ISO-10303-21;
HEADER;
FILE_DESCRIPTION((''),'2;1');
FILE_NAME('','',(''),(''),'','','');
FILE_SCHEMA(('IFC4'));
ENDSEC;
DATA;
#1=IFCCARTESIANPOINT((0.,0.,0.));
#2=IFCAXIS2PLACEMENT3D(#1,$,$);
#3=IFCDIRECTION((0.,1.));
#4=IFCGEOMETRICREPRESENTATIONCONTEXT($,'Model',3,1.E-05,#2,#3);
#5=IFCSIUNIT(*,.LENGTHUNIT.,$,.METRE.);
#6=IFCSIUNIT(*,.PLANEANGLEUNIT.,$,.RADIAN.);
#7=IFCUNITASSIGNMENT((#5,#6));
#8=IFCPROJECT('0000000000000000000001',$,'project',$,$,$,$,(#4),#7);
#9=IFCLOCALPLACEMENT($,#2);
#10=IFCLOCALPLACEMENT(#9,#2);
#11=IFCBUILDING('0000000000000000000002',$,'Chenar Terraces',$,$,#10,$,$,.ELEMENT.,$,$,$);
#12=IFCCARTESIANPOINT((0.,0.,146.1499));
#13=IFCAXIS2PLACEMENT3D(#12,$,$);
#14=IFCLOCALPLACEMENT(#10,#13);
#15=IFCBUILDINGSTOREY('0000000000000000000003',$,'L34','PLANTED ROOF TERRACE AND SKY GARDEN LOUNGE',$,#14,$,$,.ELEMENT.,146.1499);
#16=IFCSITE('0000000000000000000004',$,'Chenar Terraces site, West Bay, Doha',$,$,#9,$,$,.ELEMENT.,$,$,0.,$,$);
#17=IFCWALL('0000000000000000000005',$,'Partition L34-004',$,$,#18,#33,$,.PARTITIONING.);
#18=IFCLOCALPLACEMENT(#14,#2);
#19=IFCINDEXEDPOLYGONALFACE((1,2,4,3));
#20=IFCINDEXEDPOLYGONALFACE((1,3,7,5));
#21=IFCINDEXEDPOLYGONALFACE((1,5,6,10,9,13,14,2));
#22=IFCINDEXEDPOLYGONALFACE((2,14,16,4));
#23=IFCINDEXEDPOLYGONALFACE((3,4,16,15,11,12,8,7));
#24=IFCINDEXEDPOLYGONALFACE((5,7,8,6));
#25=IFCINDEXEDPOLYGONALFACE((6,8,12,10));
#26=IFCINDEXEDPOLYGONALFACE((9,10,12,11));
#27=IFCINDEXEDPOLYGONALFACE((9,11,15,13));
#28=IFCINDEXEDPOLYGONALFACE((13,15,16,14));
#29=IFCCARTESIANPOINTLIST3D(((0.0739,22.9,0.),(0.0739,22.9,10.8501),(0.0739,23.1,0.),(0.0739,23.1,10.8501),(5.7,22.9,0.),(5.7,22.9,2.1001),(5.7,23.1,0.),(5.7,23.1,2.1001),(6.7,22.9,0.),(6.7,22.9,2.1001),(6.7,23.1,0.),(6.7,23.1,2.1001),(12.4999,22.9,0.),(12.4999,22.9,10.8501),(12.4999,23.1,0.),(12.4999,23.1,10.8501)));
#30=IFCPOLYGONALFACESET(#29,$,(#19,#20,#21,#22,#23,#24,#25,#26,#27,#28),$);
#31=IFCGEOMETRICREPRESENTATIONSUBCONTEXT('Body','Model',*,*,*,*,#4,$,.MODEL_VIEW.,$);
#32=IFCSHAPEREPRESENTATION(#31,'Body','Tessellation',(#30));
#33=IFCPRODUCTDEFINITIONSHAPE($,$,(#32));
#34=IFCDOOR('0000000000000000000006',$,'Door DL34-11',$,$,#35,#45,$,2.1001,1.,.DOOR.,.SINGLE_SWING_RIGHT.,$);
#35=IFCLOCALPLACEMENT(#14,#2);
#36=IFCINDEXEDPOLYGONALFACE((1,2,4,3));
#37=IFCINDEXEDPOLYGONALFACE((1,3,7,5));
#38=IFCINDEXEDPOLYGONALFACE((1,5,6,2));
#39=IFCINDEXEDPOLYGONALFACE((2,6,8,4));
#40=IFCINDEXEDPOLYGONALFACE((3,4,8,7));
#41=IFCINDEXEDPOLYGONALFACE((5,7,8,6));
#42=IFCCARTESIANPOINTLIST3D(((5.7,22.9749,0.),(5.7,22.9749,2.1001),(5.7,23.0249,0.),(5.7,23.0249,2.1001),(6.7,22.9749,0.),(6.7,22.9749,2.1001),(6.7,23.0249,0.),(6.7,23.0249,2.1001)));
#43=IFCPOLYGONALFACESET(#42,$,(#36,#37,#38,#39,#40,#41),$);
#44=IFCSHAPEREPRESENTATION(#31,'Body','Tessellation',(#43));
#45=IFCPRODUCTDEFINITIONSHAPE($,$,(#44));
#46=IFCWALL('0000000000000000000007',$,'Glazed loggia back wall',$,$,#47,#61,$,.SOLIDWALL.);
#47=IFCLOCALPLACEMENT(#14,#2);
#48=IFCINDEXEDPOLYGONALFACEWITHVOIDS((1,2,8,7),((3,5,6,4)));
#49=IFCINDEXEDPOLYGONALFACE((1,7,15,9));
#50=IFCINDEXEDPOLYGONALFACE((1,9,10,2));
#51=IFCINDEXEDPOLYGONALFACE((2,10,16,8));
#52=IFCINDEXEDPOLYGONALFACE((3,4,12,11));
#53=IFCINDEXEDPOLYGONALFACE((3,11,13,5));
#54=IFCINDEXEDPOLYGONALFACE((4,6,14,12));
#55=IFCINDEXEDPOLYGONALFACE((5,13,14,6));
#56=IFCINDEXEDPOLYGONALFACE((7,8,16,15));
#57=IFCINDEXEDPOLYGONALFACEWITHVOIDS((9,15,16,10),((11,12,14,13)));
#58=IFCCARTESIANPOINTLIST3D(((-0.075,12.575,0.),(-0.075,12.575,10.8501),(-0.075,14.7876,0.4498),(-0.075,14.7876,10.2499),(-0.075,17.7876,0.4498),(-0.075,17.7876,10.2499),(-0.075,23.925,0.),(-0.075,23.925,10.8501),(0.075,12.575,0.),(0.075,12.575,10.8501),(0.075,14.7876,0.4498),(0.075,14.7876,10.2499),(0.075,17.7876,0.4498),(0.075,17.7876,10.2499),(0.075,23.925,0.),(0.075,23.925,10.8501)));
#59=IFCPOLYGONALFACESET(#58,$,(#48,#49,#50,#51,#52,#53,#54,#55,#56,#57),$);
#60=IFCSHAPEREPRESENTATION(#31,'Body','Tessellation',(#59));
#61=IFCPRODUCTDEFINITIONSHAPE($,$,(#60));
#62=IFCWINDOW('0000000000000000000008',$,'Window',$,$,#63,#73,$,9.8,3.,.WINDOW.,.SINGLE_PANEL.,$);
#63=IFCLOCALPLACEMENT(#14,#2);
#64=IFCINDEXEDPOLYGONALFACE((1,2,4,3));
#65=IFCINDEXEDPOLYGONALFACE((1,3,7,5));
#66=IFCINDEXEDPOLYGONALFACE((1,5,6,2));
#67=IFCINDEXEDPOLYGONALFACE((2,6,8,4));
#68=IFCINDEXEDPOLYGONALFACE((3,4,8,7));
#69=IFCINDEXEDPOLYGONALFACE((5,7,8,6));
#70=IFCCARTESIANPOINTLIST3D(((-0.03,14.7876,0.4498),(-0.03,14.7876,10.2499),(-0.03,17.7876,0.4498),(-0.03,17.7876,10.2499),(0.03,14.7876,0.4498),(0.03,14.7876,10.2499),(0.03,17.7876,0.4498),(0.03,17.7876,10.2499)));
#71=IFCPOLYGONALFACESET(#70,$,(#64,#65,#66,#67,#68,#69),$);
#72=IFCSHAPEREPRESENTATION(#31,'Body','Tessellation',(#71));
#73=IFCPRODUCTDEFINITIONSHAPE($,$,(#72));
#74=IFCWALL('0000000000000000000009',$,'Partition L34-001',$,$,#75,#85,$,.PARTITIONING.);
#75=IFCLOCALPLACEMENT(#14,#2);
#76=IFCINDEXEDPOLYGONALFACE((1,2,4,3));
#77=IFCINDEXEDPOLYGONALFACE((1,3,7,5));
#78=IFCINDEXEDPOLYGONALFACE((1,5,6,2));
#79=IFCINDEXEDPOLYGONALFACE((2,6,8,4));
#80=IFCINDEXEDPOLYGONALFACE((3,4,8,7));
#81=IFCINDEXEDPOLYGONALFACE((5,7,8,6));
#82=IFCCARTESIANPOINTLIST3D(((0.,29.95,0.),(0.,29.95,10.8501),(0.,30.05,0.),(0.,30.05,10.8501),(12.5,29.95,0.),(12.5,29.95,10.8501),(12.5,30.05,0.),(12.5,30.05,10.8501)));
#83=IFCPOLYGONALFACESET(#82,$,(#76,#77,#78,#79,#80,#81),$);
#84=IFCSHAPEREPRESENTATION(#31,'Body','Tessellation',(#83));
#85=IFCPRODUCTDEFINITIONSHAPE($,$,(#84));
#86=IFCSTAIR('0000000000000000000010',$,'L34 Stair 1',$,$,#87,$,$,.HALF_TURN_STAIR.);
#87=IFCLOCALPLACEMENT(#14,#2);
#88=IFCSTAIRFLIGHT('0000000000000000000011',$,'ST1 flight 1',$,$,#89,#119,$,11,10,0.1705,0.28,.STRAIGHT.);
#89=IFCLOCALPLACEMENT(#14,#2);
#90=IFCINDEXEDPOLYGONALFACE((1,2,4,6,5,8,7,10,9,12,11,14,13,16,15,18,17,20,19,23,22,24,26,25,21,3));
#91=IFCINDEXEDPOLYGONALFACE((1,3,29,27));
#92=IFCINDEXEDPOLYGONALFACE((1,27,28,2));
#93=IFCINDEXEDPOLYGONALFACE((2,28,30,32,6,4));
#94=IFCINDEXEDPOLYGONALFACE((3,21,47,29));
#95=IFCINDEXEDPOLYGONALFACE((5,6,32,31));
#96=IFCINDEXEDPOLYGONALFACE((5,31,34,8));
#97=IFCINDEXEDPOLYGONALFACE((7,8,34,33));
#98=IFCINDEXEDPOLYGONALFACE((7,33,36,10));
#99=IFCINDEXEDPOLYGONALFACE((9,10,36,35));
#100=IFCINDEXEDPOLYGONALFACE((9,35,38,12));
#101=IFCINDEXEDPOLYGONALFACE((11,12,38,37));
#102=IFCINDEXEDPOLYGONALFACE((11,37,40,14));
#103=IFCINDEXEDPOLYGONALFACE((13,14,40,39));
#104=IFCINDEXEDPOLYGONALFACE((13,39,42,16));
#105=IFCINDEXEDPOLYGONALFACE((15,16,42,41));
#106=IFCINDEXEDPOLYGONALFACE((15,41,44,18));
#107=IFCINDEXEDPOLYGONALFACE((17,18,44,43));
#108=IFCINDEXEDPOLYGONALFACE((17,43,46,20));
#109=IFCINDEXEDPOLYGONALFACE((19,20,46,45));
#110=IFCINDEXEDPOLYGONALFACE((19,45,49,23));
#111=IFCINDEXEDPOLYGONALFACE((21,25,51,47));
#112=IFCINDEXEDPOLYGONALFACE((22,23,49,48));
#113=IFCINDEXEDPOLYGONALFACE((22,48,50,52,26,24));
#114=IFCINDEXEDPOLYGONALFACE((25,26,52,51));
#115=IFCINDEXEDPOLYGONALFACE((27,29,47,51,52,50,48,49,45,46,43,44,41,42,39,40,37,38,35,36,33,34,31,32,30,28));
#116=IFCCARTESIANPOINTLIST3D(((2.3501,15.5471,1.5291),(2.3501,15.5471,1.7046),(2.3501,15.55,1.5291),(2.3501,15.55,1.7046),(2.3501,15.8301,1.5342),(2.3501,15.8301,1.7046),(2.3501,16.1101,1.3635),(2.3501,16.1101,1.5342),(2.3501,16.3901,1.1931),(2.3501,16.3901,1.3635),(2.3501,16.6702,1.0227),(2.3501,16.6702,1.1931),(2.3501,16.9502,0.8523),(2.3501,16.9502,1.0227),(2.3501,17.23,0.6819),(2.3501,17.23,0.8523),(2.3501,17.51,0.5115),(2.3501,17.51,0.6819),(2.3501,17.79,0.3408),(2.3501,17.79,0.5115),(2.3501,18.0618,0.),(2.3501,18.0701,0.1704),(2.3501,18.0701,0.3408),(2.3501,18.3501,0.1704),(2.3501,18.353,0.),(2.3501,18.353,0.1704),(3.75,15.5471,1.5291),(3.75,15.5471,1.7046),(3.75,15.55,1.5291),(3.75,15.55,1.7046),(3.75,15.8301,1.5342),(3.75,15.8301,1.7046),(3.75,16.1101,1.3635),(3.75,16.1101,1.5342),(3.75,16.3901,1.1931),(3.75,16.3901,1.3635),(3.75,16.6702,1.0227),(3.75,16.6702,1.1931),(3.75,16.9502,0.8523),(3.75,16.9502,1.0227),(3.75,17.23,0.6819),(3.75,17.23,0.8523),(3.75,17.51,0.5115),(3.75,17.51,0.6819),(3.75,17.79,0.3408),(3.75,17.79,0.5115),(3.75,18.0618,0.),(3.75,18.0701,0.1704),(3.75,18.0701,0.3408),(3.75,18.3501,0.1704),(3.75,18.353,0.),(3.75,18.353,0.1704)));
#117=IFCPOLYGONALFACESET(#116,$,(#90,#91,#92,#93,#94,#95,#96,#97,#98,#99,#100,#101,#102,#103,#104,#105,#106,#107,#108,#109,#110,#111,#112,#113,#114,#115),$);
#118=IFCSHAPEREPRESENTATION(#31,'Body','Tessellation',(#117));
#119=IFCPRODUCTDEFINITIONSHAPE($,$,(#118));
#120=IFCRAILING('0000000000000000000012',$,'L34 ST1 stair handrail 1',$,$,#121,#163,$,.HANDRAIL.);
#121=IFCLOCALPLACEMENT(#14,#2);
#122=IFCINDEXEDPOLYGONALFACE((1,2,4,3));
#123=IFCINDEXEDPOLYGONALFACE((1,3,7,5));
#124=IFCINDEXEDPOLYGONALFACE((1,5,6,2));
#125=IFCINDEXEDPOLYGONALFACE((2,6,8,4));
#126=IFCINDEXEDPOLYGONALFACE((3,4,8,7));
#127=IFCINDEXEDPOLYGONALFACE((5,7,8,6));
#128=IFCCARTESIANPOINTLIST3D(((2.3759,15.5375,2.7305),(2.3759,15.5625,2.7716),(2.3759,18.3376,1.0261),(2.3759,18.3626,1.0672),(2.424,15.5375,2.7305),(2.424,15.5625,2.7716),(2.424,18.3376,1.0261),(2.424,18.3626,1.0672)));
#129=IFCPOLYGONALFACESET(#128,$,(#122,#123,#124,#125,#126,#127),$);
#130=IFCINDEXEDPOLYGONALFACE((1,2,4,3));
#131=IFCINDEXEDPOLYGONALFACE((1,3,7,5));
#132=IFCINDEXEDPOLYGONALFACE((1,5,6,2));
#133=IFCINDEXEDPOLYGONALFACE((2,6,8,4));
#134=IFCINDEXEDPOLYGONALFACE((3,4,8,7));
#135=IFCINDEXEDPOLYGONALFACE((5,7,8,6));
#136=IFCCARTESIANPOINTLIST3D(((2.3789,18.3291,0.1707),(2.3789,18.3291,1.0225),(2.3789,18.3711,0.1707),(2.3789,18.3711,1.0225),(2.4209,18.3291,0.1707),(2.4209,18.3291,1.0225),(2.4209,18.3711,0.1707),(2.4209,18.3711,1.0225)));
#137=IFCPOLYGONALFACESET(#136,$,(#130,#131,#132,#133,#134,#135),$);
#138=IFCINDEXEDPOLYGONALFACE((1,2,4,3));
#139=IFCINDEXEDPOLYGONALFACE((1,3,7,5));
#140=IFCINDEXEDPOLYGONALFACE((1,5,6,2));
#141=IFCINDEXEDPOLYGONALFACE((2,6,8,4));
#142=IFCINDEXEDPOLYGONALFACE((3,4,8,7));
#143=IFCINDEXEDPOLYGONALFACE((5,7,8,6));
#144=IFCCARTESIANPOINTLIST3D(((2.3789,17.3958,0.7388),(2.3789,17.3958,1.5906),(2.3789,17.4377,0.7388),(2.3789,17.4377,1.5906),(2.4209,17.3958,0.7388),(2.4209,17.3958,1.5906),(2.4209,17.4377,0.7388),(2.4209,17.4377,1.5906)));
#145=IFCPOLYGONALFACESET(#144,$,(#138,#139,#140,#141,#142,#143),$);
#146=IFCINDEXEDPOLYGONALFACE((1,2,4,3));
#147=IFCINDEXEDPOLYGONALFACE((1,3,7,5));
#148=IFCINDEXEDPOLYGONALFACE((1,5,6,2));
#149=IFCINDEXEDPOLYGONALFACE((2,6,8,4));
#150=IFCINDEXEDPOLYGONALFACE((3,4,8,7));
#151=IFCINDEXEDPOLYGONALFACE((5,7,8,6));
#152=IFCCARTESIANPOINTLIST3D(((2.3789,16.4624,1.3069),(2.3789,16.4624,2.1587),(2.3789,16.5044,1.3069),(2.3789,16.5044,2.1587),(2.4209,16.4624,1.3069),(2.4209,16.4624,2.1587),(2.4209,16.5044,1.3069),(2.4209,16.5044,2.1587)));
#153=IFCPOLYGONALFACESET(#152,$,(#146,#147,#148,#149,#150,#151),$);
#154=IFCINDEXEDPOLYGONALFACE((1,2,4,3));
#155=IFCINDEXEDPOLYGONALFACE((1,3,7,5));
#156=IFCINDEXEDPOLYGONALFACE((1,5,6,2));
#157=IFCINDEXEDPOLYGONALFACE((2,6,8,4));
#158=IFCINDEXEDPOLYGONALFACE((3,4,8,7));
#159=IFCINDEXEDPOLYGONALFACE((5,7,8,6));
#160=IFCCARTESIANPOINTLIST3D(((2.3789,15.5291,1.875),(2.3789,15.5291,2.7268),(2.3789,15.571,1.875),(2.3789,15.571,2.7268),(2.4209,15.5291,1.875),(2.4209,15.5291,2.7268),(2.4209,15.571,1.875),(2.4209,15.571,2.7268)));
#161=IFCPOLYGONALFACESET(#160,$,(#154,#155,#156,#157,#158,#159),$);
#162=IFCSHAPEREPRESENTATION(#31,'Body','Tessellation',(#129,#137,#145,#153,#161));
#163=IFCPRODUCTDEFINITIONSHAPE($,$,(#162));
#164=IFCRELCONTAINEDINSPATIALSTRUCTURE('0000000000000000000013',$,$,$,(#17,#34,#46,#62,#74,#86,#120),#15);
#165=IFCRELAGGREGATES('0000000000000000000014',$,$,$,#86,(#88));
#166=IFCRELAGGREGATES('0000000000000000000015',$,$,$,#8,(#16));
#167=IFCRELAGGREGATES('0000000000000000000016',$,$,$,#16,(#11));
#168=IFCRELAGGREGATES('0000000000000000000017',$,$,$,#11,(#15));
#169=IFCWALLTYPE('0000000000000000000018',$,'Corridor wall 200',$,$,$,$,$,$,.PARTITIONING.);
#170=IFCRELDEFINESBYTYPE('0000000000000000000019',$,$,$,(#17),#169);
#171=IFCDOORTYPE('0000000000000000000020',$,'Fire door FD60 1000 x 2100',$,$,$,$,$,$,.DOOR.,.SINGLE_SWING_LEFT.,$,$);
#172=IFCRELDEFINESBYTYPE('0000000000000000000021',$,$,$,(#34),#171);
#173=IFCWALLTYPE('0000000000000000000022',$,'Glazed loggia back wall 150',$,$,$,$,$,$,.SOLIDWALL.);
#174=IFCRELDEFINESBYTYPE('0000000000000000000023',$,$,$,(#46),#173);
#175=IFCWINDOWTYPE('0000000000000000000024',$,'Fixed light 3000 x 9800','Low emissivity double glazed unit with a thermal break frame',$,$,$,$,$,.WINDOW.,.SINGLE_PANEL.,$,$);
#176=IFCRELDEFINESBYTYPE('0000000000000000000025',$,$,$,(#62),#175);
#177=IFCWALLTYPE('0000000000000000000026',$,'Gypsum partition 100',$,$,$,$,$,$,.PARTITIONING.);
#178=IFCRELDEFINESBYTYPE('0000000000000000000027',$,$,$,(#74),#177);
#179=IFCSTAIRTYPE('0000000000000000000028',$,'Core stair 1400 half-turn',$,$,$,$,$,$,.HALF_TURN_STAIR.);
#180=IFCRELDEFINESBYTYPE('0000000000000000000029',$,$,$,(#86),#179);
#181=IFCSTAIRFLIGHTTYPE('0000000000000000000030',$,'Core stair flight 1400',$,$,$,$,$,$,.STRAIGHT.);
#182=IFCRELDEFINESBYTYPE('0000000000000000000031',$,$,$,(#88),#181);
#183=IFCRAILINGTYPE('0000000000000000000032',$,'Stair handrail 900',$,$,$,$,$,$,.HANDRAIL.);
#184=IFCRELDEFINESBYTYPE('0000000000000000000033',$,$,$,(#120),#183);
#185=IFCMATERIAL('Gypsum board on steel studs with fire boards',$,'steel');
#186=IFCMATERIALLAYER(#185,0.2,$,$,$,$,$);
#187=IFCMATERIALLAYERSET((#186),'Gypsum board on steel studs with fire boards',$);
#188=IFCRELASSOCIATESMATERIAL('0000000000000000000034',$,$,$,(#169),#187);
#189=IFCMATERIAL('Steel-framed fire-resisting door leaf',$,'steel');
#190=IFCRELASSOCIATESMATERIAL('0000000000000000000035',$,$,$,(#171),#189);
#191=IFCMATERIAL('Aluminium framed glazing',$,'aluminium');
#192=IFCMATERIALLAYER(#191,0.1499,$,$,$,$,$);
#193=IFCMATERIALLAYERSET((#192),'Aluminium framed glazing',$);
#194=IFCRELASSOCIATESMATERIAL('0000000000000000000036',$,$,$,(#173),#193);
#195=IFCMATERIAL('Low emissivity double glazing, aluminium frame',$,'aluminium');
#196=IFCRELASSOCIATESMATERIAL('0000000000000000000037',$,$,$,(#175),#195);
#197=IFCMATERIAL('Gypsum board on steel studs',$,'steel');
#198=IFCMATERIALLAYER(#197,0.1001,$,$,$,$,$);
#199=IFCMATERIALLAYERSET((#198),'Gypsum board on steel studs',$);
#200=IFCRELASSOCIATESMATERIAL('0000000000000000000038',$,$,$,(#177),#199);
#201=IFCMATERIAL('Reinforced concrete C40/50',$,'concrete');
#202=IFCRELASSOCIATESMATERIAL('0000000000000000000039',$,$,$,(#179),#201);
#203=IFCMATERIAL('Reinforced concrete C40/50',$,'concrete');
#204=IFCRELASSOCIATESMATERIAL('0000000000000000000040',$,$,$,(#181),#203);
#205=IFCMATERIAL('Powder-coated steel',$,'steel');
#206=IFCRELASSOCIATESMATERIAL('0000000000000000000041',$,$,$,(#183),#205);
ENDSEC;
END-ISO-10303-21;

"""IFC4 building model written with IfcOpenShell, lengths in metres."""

from ifc_helpers import new_model, si_unit, direction, frame, frame_2d, origin, origin_2d, place, context, subcontext, project, spatial, polyline, rectangle, outline, extrude, material, layer, layer_set, type_object, element, fill, aggregate, save


model = new_model("IFC4")

# Units and contexts
model_context = context("Model", 3, precision=1e-05, world=origin(), true_north=direction((0.0, 1.0)))
body_context = subcontext(model_context, "Body", "Model", "MODEL_VIEW")
ifc_project = project(units=[si_unit("LENGTHUNIT", "METRE"), si_unit("PLANEANGLEUNIT", "RADIAN")], contexts=[model_context])

# Site, building, storey
site_placement = place(None, origin())
site = spatial("IfcSite", under=ifc_project, at=site_placement, Name="Chenar Terraces site, West Bay, Doha", CompositionType="ELEMENT", RefElevation=0.0)
building_placement = place(site_placement, origin())
building = spatial("IfcBuilding", under=site, at=building_placement, Name="Chenar Terraces", CompositionType="ELEMENT")
storey_placement = place(building_placement, frame((0.0, 0.0, 146.1499)))
storey = spatial("IfcBuildingStorey", under=building, at=storey_placement, Name="L34", Description="PLANTED ROOF TERRACE AND SKY GARDEN LOUNGE", CompositionType="ELEMENT", Elevation=146.1499)

# Shared definitions
placement = place(storey_placement, origin())

# Shared definitions
ifc_material_1 = material(Name="Gypsum board on steel studs with fire boards", Category="steel")
ifc_layer_1 = layer(ifc_material_1, 0.2)
ifc_layer_set_1 = layer_set([ifc_layer_1], Name="Gypsum board on steel studs with fire boards")
wall_type_1 = type_object("IfcWallType", Name="Corridor wall 200", PredefinedType="PARTITIONING", material=ifc_layer_set_1)

# Wall, opening, door
wall_1_placement = place(storey_placement, frame((0.074, 23.0, 0.0), z_axis=(0.0, 0.0, 1.0), x_axis=(1.0, 0.0, 0.0)))
wall_1 = element("IfcWall", 1, at=wall_1_placement, inside=storey, type_object=wall_type_1, Name="Partition L34-004", PredefinedType="PARTITIONING", context=body_context, shape_type="SweptSolid", body=[
    extrude(rectangle(XDim=12.426, YDim=0.2, at=frame_2d((6.2129, 0.0))), origin(), (0.0, 0.0, 1.0), 10.8501),
])
opening_1_placement = place(wall_1_placement, frame((5.626, 0.0, 0.0)))
opening_1 = element("IfcOpeningElement", 2, at=opening_1_placement, cuts=wall_1, PredefinedType="OPENING", context=body_context, shape_type="SweptSolid", body=[
    extrude(rectangle(XDim=1.0, YDim=2.1001, at=frame_2d((0.5, 1.05))), frame((0.0, 0.1099, 0.0), z_axis=(0.0, -1.0, 0.0), x_axis=(1.0, 0.0, 0.0)), (0.0, 0.0, 1.0), 0.22),
])
ifc_material_2 = material(Name="Steel-framed fire-resisting door leaf", Category="steel")
door_type_1 = type_object("IfcDoorType", Name="Fire door FD60 1000 x 2100", OperationType="SINGLE_SWING_LEFT", PredefinedType="DOOR", material=ifc_material_2)
door_1_placement = place(opening_1_placement, origin())
door_1 = element("IfcDoor", 3, at=door_1_placement, inside=storey, type_object=door_type_1, Name="Door DL34-11", OperationType="SINGLE_SWING_RIGHT", OverallHeight=2.1001, OverallWidth=1.0, PredefinedType="DOOR", context=body_context, shape_type="SweptSolid", body=[
    extrude(rectangle(XDim=1.0, YDim=2.1001, at=frame_2d((0.5, 1.05))), frame((0.0, 0.0249, 0.0), z_axis=(0.0, -1.0, 0.0), x_axis=(1.0, 0.0, 0.0)), (0.0, 0.0, 1.0), 0.05),
])
fill(opening_1, door_1)

# Wall, opening, window
ifc_material_3 = material(Name="Aluminium framed glazing", Category="aluminium")
ifc_layer_2 = layer(ifc_material_3, 0.1499)
ifc_layer_set_2 = layer_set([ifc_layer_2], Name="Aluminium framed glazing")
wall_type_2 = type_object("IfcWallType", Name="Glazed loggia back wall 150", PredefinedType="SOLIDWALL", material=ifc_layer_set_2)
wall_2_placement = place(storey_placement, frame((0.0, 23.925, 0.0), z_axis=(0.0, 0.0, 1.0), x_axis=(0.0, -1.0, 0.0)))
wall_2 = element("IfcWall", 4, at=wall_2_placement, inside=storey, type_object=wall_type_2, Name="Glazed loggia back wall", PredefinedType="SOLIDWALL", context=body_context, shape_type="SweptSolid", body=[
    extrude(rectangle(XDim=11.3501, YDim=0.1499, at=frame_2d((5.675, 0.0))), origin(), (0.0, 0.0, 1.0), 10.8501),
])
opening_2_placement = place(wall_2_placement, frame((6.1375, 0.0, 0.45)))
opening_2 = element("IfcOpeningElement", 5, at=opening_2_placement, cuts=wall_2, PredefinedType="OPENING", context=body_context, shape_type="SweptSolid", body=[
    extrude(rectangle(XDim=3.0, YDim=9.8, at=frame_2d((1.5, 4.8999))), frame((0.0, 0.085, 0.0), z_axis=(0.0, -1.0, 0.0), x_axis=(1.0, 0.0, 0.0)), (0.0, 0.0, 1.0), 0.1699),
])
ifc_material_4 = material(Name="Low emissivity double glazing, aluminium frame", Category="aluminium")
window_type = type_object("IfcWindowType", Name="Fixed light 3000 x 9800", Description="Low emissivity double glazed unit with a thermal break frame", PartitioningType="SINGLE_PANEL", PredefinedType="WINDOW", material=ifc_material_4)
window_placement = place(opening_2_placement, origin())
window = element("IfcWindow", 6, at=window_placement, inside=storey, type_object=window_type, Name="Window", OverallHeight=9.8, OverallWidth=3.0, PartitioningType="SINGLE_PANEL", PredefinedType="WINDOW", context=body_context, shape_type="SweptSolid", body=[
    extrude(rectangle(XDim=3.0, YDim=9.8, at=frame_2d((1.5, 4.8999))), frame((0.0, 0.03, 0.0), z_axis=(0.0, -1.0, 0.0), x_axis=(1.0, 0.0, 0.0)), (0.0, 0.0, 1.0), 0.0601),
])
fill(opening_2, window)

# Wall
ifc_material_5 = material(Name="Gypsum board on steel studs", Category="steel")
ifc_layer_3 = layer(ifc_material_5, 0.1001)
ifc_layer_set_3 = layer_set([ifc_layer_3], Name="Gypsum board on steel studs")
wall_type_3 = type_object("IfcWallType", Name="Gypsum partition 100", PredefinedType="PARTITIONING", material=ifc_layer_set_3)
wall_3_placement = place(storey_placement, frame((0.0, 30.0, 0.0), z_axis=(0.0, 0.0, 1.0), x_axis=(1.0, 0.0, 0.0)))
element("IfcWall", 7, at=wall_3_placement, inside=storey, type_object=wall_type_3, Name="Partition L34-001", PredefinedType="PARTITIONING", context=body_context, shape_type="SweptSolid", body=[
    extrude(rectangle(XDim=12.5, YDim=0.1001, at=frame_2d((6.25, 0.0))), origin(), (0.0, 0.0, 1.0), 10.8501),
])

# Stair, stair flight
ifc_material_6 = material(Name="Reinforced concrete C40/50", Category="concrete")
stair_type = type_object("IfcStairType", Name="Core stair 1400 half-turn", PredefinedType="HALF_TURN_STAIR", material=ifc_material_6)
stair = element("IfcStair", 8, at=placement, inside=storey, type_object=stair_type, Name="L34 Stair 1", PredefinedType="HALF_TURN_STAIR")
ifc_material_7 = material(Name="Reinforced concrete C40/50", Category="concrete")
stair_flight_type = type_object("IfcStairFlightType", Name="Core stair flight 1400", PredefinedType="STRAIGHT", material=ifc_material_7)
stair_flight_placement = place(storey_placement, frame((3.05, 18.3501, 0.0), z_axis=(0.0, 0.0, 1.0), x_axis=(0.0, -1.0, 0.0)))
stair_flight = element("IfcStairFlight", 9, at=stair_flight_placement, type_object=stair_flight_type, Name="ST1 flight 1", NumberOfRisers=11, NumberOfTreads=10, PredefinedType="STRAIGHT", RiserHeight=0.1705, TreadLength=0.28, context=body_context, shape_type="SweptSolid", body=[
    extrude(outline(polyline([(-0.0029, 0.0), (-0.0029, 0.1704), (0.0, 0.1704), (0.28, 0.1704), (0.28, 0.3408), (0.5601, 0.3408), (0.5601, 0.5115), (0.8401, 0.5115), (0.8401, 0.6819), (1.1201, 0.6819), (1.1201, 0.8523), (1.3999, 0.8523), (1.3999, 1.0227), (1.6799, 1.0227), (1.6799, 1.1931), (1.96, 1.1931), (1.96, 1.3635), (2.24, 1.3635), (2.24, 1.5342), (2.52, 1.5342), (2.52, 1.7046), (2.8, 1.7046), (2.803, 1.7046), (2.803, 1.5291), (2.8, 1.5291), (0.2883, 0.0), (-0.0029, 0.0)])), frame((0.0, 0.7, 0.0), z_axis=(0.0, -1.0, 0.0), x_axis=(1.0, 0.0, 0.0)), (0.0, 0.0, 1.0), 1.3999),
])
aggregate(stair, [stair_flight])

# Railing
ifc_material_8 = material(Name="Powder-coated steel", Category="steel")
railing_type = type_object("IfcRailingType", Name="Stair handrail 900", PredefinedType="HANDRAIL", material=ifc_material_8)
for number, where, name in (
    (10, (2.3999, 18.3501, 0.1707), "L34 ST1 stair handrail 1"),
):
    element("IfcRailing", number, at=place(storey_placement, frame(where)), inside=storey, type_object=railing_type, Name=name, PredefinedType="HANDRAIL", context=body_context, shape_type="SweptSolid", body=[
        extrude(rectangle(XDim=0.0481, YDim=0.0481, at=origin_2d()), frame((0.0, 0.0, 0.876), z_axis=(0.0, -0.854203, 0.51994), x_axis=(1.0, 0.0, 0.0)), (0.0, 0.0, 1.0), 3.2781),
        extrude(rectangle(XDim=0.042, YDim=0.042, at=origin_2d()), origin(), (0.0, 0.0, 1.0), 0.8518),
        extrude(rectangle(XDim=0.042, YDim=0.042, at=origin_2d()), frame((0.0, -0.9333, 0.5681)), (0.0, 0.0, 1.0), 0.8518),
        extrude(rectangle(XDim=0.042, YDim=0.042, at=origin_2d()), frame((0.0, -1.8667, 1.1362)), (0.0, 0.0, 1.0), 0.8518),
        extrude(rectangle(XDim=0.042, YDim=0.042, at=origin_2d()), frame((0.0, -2.8, 1.7043)), (0.0, 0.0, 1.0), 0.8518),
    ])

save(model, "model.ifc")
